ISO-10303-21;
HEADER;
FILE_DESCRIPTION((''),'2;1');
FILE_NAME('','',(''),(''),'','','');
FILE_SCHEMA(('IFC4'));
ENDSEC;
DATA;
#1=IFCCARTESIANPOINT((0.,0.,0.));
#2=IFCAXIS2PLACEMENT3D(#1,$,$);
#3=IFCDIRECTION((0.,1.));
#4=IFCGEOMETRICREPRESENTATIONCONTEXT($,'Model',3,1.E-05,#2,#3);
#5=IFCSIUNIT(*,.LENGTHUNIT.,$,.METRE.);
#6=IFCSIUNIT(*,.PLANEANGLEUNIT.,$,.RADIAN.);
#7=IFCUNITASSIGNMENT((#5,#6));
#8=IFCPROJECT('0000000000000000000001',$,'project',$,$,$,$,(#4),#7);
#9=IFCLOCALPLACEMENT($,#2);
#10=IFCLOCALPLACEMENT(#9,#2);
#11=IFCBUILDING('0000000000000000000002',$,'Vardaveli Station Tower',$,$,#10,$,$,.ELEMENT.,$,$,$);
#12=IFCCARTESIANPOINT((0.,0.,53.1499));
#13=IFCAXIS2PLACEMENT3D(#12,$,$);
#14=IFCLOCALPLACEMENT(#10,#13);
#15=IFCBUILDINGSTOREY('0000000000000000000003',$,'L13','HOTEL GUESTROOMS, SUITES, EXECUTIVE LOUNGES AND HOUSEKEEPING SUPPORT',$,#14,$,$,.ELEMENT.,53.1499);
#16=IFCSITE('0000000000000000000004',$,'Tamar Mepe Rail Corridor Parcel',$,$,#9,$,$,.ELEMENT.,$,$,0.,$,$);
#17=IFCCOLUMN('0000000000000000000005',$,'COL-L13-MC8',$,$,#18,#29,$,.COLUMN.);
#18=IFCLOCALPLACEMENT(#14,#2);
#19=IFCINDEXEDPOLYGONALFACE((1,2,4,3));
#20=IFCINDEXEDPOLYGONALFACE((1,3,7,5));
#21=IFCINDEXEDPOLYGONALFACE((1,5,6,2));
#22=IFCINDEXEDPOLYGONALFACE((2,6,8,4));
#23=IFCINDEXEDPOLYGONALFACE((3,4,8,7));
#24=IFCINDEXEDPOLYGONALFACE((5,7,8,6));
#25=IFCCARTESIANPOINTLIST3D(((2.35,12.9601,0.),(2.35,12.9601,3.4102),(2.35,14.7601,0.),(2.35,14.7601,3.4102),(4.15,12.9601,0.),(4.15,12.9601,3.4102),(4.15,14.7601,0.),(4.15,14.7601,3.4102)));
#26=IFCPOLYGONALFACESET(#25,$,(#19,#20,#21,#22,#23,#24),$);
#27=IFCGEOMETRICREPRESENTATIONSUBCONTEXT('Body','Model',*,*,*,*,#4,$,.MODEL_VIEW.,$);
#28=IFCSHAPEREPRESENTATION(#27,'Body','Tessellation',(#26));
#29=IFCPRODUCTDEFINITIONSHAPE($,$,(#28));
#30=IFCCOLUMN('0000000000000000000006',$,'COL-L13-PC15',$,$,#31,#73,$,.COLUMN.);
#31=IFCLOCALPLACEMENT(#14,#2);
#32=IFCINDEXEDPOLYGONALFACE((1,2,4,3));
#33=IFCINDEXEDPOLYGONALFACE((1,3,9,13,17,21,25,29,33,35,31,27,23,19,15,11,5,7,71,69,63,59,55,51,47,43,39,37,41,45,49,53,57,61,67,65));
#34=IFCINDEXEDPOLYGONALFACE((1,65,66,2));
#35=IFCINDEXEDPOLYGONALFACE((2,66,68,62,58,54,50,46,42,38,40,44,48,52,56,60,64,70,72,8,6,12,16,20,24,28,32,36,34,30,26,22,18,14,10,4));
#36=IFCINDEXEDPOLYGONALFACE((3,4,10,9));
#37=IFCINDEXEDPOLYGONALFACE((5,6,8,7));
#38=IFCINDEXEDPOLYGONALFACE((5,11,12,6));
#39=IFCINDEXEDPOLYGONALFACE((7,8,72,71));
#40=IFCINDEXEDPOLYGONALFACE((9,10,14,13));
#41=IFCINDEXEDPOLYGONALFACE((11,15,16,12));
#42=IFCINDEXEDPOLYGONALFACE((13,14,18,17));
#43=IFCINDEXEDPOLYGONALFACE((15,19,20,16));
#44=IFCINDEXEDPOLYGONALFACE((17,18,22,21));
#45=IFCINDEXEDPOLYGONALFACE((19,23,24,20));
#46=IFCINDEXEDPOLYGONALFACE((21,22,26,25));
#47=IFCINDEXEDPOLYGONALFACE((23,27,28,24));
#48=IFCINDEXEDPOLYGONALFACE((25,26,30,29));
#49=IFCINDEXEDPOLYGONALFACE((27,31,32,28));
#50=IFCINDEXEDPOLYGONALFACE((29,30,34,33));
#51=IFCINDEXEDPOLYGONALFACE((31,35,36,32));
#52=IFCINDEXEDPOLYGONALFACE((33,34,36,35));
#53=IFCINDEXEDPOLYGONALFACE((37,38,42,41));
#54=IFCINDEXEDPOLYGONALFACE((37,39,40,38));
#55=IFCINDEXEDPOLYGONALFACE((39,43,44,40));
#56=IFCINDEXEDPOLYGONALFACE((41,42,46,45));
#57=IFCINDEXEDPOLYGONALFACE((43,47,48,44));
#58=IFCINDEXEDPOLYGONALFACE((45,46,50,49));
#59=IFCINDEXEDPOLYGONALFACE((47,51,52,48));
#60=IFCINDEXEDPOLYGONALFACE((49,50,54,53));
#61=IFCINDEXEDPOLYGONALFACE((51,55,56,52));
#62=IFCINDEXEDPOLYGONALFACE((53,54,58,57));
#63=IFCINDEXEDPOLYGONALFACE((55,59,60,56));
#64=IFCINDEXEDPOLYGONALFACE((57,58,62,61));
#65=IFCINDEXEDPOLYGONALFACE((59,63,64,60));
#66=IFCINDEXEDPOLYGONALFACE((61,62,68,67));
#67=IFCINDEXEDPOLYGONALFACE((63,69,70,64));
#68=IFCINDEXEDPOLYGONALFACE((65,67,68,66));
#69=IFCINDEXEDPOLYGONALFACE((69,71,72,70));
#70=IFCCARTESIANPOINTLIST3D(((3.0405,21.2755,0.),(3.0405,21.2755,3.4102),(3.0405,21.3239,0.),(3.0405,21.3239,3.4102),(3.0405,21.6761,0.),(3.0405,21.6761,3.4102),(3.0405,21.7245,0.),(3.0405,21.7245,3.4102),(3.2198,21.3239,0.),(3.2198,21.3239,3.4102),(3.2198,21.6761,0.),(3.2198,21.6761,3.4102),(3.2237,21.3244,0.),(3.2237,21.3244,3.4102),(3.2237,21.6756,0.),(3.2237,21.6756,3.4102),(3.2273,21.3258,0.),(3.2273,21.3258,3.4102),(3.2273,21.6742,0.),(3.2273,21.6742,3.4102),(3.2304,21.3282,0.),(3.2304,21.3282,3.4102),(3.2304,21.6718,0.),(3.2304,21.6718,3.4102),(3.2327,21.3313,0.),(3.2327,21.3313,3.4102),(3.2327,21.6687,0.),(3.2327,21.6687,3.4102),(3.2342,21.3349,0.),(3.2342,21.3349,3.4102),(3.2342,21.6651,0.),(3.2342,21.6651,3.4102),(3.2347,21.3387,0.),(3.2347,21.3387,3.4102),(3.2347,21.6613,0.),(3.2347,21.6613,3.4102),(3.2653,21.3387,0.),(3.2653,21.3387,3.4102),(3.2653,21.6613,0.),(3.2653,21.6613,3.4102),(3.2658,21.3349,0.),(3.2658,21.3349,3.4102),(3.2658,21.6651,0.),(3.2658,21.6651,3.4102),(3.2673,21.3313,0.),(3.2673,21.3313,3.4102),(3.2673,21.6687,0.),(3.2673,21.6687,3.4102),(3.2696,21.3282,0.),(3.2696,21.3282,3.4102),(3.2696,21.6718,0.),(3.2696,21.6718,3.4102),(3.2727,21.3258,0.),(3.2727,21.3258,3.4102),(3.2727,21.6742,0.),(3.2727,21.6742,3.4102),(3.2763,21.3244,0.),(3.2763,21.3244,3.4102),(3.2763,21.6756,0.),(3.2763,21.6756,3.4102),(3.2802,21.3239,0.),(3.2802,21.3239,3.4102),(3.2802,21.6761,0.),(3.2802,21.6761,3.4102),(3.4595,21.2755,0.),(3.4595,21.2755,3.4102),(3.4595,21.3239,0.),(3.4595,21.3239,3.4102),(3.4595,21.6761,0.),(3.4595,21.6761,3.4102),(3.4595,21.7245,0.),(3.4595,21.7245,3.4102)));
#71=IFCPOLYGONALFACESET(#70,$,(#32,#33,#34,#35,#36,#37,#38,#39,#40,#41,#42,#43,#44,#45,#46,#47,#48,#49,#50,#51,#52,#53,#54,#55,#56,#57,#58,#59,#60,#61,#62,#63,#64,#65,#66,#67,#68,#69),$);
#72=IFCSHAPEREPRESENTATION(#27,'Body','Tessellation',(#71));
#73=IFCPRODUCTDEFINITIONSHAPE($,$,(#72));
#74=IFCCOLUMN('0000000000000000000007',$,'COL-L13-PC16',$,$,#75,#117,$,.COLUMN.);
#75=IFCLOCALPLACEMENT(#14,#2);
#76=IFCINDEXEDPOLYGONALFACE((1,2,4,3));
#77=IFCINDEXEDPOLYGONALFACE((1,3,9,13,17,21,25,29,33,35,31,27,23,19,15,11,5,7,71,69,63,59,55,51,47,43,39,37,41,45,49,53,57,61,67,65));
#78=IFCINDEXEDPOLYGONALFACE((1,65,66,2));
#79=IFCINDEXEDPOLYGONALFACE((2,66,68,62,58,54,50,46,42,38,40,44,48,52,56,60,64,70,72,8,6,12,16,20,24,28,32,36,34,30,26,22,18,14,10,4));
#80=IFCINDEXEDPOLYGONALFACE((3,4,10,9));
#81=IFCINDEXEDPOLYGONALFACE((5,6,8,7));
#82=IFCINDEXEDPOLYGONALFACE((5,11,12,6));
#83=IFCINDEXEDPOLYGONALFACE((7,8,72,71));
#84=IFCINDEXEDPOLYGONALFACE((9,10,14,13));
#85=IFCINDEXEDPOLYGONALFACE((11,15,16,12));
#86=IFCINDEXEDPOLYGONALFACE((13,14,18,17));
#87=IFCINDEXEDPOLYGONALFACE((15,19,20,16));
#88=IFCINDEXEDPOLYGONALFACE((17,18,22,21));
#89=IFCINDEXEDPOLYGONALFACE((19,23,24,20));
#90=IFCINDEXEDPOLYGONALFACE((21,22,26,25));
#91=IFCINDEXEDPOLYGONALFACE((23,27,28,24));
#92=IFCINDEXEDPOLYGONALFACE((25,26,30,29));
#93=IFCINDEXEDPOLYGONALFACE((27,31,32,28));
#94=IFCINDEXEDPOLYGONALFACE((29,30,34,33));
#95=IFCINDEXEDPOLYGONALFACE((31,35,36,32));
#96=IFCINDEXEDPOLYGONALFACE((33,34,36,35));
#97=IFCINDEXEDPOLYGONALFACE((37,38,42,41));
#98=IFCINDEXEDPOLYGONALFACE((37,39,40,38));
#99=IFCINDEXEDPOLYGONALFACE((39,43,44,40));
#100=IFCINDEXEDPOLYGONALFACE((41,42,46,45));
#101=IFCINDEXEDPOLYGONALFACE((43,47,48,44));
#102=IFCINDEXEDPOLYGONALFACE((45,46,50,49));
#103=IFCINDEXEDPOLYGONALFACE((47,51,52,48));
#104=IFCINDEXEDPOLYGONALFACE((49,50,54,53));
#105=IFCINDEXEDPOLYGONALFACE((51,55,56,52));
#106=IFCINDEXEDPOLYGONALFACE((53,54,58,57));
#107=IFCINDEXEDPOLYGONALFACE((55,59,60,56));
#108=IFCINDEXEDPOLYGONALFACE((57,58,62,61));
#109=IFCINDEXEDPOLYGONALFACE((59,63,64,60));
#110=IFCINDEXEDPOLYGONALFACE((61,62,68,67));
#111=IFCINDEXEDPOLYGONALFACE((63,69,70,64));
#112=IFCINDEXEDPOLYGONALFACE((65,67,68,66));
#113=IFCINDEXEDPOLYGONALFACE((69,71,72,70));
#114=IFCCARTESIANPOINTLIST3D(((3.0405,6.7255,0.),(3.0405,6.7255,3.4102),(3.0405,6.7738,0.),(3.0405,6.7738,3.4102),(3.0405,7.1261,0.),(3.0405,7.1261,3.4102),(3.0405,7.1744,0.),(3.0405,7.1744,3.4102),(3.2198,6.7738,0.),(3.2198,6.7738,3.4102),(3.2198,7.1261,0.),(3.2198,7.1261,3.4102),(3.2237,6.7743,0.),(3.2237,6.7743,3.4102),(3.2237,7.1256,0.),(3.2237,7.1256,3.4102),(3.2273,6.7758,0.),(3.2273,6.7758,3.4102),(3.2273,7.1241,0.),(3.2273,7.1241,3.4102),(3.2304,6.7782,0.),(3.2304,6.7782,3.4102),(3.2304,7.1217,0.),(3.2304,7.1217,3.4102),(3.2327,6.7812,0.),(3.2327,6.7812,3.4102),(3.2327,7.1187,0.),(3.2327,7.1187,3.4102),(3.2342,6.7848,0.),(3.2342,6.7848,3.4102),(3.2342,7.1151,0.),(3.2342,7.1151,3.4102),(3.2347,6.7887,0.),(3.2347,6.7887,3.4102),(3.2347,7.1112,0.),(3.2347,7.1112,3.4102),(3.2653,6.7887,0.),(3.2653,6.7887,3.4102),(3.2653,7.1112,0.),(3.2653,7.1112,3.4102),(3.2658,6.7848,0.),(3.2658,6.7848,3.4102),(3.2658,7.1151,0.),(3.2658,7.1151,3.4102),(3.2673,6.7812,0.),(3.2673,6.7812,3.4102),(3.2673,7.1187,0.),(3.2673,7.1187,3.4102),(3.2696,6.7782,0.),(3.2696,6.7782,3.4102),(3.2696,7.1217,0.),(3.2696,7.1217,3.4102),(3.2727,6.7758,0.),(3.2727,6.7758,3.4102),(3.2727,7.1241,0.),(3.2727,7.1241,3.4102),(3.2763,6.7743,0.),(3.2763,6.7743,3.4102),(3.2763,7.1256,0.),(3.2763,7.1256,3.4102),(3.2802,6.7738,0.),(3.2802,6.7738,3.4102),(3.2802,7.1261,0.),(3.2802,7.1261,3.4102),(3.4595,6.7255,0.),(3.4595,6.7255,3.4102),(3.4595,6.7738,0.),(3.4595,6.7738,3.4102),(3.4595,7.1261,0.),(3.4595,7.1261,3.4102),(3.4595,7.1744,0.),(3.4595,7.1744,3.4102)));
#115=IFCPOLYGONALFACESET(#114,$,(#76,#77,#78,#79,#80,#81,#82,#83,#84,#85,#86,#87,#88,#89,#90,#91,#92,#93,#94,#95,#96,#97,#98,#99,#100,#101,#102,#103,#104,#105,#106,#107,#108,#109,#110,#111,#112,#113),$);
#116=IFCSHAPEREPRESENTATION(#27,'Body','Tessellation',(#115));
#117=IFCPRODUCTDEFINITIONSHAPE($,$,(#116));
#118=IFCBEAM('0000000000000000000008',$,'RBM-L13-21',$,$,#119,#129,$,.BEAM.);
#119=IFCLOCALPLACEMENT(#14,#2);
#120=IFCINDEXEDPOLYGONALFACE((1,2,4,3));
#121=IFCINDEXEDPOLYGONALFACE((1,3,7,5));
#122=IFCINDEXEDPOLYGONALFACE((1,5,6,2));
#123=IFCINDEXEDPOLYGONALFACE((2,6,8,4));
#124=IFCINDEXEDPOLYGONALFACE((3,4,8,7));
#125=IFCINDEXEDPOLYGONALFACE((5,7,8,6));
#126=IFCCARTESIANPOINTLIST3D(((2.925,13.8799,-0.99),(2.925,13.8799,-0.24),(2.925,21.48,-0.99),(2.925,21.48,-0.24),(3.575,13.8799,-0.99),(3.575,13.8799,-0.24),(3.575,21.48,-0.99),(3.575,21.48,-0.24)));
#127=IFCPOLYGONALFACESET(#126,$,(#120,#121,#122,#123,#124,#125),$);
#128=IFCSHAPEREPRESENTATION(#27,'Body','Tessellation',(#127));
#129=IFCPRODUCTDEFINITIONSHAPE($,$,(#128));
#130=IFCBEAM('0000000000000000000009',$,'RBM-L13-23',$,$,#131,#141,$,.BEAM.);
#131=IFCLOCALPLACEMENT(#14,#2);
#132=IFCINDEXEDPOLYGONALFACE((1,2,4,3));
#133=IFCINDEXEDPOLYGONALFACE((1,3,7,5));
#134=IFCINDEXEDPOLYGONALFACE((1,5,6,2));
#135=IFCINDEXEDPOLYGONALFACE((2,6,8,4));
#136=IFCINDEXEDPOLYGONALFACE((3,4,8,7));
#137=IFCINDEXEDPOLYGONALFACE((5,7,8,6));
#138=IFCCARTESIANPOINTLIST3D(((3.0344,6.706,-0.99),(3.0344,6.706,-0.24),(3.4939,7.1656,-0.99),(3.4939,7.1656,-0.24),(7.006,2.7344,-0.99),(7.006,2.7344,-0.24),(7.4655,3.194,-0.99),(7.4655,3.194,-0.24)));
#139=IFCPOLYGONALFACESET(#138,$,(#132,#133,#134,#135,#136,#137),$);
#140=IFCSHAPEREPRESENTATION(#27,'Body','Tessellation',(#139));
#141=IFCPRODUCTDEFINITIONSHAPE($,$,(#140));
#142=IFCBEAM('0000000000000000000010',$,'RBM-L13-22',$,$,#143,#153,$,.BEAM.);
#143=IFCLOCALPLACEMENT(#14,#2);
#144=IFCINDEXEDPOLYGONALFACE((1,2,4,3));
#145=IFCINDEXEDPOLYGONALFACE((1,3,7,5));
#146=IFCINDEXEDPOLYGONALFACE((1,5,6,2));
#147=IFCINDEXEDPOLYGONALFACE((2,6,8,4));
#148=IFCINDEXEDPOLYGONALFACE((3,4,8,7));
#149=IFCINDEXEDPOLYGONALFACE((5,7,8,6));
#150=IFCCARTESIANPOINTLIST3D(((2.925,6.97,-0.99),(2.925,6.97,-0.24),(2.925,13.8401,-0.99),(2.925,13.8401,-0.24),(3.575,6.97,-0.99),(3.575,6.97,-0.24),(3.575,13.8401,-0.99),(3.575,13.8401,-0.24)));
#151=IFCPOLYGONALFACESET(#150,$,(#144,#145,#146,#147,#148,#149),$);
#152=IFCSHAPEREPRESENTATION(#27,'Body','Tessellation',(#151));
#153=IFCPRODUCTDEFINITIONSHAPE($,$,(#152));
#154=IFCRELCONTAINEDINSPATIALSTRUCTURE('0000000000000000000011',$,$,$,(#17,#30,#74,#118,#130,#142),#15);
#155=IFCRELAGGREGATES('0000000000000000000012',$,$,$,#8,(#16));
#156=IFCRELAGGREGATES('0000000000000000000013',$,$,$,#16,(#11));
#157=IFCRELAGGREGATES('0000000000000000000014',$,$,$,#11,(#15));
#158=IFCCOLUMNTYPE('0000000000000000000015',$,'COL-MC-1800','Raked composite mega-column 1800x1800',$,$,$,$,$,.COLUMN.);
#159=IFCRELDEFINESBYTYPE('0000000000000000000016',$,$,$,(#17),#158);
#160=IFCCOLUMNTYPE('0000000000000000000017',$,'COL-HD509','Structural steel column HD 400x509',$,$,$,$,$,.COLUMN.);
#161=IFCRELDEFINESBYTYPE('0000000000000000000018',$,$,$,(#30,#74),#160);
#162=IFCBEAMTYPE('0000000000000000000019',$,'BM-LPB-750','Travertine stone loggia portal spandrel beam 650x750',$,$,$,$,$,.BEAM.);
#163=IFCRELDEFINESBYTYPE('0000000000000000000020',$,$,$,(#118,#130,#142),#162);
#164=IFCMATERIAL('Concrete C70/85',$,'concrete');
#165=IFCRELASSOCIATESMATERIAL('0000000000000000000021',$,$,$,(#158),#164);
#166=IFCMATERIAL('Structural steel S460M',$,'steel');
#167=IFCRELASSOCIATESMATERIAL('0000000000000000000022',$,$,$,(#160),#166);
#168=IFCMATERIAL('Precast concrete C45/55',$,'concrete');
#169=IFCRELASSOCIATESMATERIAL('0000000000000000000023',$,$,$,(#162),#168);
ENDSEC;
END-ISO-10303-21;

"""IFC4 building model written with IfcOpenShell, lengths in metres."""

from ifc_helpers import new_model, si_unit, direction, frame, origin, origin_2d, place, context, subcontext, project, spatial, rectangle, i_section, extrude, source, transform, mapped, material, material_profile, profile_set, type_object, element, save


model = new_model("IFC4")

# Units and contexts
model_context = context("Model", 3, precision=1e-05, world=origin(), true_north=direction((0.0, 1.0)))
body_context = subcontext(model_context, "Body", "Model", "MODEL_VIEW")
ifc_project = project(units=[si_unit("LENGTHUNIT", "METRE"), si_unit("PLANEANGLEUNIT", "RADIAN")], contexts=[model_context])

# Site, building, storey
site_placement = place(None, origin())
site = spatial("IfcSite", under=ifc_project, at=site_placement, Name="Tamar Mepe Rail Corridor Parcel", CompositionType="ELEMENT", RefElevation=0.0)
building_placement = place(site_placement, origin())
building = spatial("IfcBuilding", under=site, at=building_placement, Name="Vardaveli Station Tower", CompositionType="ELEMENT")
storey_placement = place(building_placement, frame((0.0, 0.0, 53.1499)))
storey = spatial("IfcBuildingStorey", under=building, at=storey_placement, Name="L13", Description="HOTEL GUESTROOMS, SUITES, EXECUTIVE LOUNGES AND HOUSEKEEPING SUPPORT", CompositionType="ELEMENT", Elevation=53.1499)

# Columns
ifc_material_1 = material(Name="Concrete C70/85", Category="concrete")
ifc_material_profile_1 = material_profile(ifc_material_1, rectangle(XDim=1.8, YDim=1.8, at=origin_2d()), Name="MC 1800x1800")
ifc_profile_set_1 = profile_set([ifc_material_profile_1], Name="Concrete C70/85")
column_type_1 = type_object("IfcColumnType", Name="COL-MC-1800", Description="Raked composite mega-column 1800x1800", PredefinedType="COLUMN", material=ifc_profile_set_1)
shared_shape_1 = source(origin(), body_context, "Body", "SweptSolid", [
    extrude(rectangle(XDim=1.8, YDim=1.8, at=origin_2d()), origin(), (0.0, 0.0, 1.0), 3.4102),
])
column_placement = place(storey_placement, frame((3.25, 13.8601, 0.0), z_axis=(0.0, 0.0, 1.0), x_axis=(1.0, 0.0, 0.0)))
element("IfcColumn", 1, at=column_placement, inside=storey, type_object=column_type_1, Name="COL-L13-MC8", PredefinedType="COLUMN", context=body_context, shape_type="MappedRepresentation", body=[
    mapped(shared_shape_1, transform((0.0, 0.0, 0.0), scale=1.0)),
])
ifc_material_2 = material(Name="Structural steel S460M", Category="steel")
ifc_material_profile_2 = material_profile(ifc_material_2, i_section(OverallWidth=0.4189, OverallDepth=0.449, WebThickness=0.0305, FlangeThickness=0.0483, FilletRadius=0.0149, at=origin_2d()), Name="HD 400x509")
ifc_profile_set_2 = profile_set([ifc_material_profile_2], Name="Structural steel S460M")
column_type_2 = type_object("IfcColumnType", Name="COL-HD509", Description="Structural steel column HD 400x509", PredefinedType="COLUMN", material=ifc_profile_set_2)
shared_shape_2 = source(origin(), body_context, "Body", "SweptSolid", [
    extrude(i_section(OverallWidth=0.4189, OverallDepth=0.449, WebThickness=0.0305, FlangeThickness=0.0483, FilletRadius=0.0149, at=origin_2d()), origin(), (0.0, 0.0, 1.0), 3.4102),
])
for number, where, z_axis, x_axis, name in (
    (2, (3.25, 21.5, 0.0), (0.0, 0.0, 1.0), (1.0, 0.0, 0.0), "COL-L13-PC15"),
    (3, (3.25, 6.95, 0.0), (0.0, 0.0, 1.0), (1.0, 0.0, 0.0), "COL-L13-PC16"),
):
    element("IfcColumn", number, at=place(storey_placement, frame(where, z_axis=z_axis, x_axis=x_axis)), inside=storey, type_object=column_type_2, Name=name, PredefinedType="COLUMN", context=body_context, shape_type="MappedRepresentation", body=[
        mapped(shared_shape_2, transform((0.0, 0.0, 0.0), scale=1.0)),
    ])

# Beams
ifc_material_3 = material(Name="Precast concrete C45/55", Category="concrete")
ifc_material_profile_3 = material_profile(ifc_material_3, rectangle(XDim=0.6499, YDim=0.75, at=origin_2d()), Name="LPB 650x750")
ifc_profile_set_3 = profile_set([ifc_material_profile_3], Name="Precast concrete C45/55")
beam_type_1 = type_object("IfcBeamType", Name="BM-LPB-750", Description="Travertine stone loggia portal spandrel beam 650x750", PredefinedType="BEAM", material=ifc_profile_set_3)
shared_shape_3 = source(origin(), body_context, "Body", "SweptSolid", [
    extrude(rectangle(XDim=0.6499, YDim=0.75, at=origin_2d()), origin(), (0.0, 0.0, 1.0), 7.6001),
])
beam_1_placement = place(storey_placement, frame((3.25, 21.48, -0.615), z_axis=(0.0, -1.0, 0.0), x_axis=(1.0, 0.0, 0.0)))
element("IfcBeam", 4, at=beam_1_placement, inside=storey, type_object=beam_type_1, Name="RBM-L13-21", PredefinedType="BEAM", context=body_context, shape_type="MappedRepresentation", body=[
    mapped(shared_shape_3, transform((0.0, 0.0, 0.0), scale=1.0)),
])
shared_shape_4 = source(origin(), body_context, "Body", "SweptSolid", [
    extrude(rectangle(XDim=0.6499, YDim=0.75, at=origin_2d()), origin(), (0.0, 0.0, 1.0), 5.6167),
])
beam_2_placement = place(storey_placement, frame((3.2642, 6.9358, -0.615), z_axis=(0.707107, -0.707107, 0.0), x_axis=(0.707107, 0.707107, 0.0)))
element("IfcBeam", 5, at=beam_2_placement, inside=storey, type_object=beam_type_1, Name="RBM-L13-23", PredefinedType="BEAM", context=body_context, shape_type="MappedRepresentation", body=[
    mapped(shared_shape_4, transform((0.0, 0.0, 0.0), scale=1.0)),
])
shared_shape_5 = source(origin(), body_context, "Body", "SweptSolid", [
    extrude(rectangle(XDim=0.6499, YDim=0.75, at=origin_2d()), origin(), (0.0, 0.0, 1.0), 6.8701),
])
beam_3_placement = place(storey_placement, frame((3.25, 13.8401, -0.615), z_axis=(0.0, -1.0, 0.0), x_axis=(1.0, 0.0, 0.0)))
element("IfcBeam", 6, at=beam_3_placement, inside=storey, type_object=beam_type_1, Name="RBM-L13-22", PredefinedType="BEAM", context=body_context, shape_type="MappedRepresentation", body=[
    mapped(shared_shape_5, transform((0.0, 0.0, 0.0), scale=1.0)),
])

save(model, "model.ifc")
